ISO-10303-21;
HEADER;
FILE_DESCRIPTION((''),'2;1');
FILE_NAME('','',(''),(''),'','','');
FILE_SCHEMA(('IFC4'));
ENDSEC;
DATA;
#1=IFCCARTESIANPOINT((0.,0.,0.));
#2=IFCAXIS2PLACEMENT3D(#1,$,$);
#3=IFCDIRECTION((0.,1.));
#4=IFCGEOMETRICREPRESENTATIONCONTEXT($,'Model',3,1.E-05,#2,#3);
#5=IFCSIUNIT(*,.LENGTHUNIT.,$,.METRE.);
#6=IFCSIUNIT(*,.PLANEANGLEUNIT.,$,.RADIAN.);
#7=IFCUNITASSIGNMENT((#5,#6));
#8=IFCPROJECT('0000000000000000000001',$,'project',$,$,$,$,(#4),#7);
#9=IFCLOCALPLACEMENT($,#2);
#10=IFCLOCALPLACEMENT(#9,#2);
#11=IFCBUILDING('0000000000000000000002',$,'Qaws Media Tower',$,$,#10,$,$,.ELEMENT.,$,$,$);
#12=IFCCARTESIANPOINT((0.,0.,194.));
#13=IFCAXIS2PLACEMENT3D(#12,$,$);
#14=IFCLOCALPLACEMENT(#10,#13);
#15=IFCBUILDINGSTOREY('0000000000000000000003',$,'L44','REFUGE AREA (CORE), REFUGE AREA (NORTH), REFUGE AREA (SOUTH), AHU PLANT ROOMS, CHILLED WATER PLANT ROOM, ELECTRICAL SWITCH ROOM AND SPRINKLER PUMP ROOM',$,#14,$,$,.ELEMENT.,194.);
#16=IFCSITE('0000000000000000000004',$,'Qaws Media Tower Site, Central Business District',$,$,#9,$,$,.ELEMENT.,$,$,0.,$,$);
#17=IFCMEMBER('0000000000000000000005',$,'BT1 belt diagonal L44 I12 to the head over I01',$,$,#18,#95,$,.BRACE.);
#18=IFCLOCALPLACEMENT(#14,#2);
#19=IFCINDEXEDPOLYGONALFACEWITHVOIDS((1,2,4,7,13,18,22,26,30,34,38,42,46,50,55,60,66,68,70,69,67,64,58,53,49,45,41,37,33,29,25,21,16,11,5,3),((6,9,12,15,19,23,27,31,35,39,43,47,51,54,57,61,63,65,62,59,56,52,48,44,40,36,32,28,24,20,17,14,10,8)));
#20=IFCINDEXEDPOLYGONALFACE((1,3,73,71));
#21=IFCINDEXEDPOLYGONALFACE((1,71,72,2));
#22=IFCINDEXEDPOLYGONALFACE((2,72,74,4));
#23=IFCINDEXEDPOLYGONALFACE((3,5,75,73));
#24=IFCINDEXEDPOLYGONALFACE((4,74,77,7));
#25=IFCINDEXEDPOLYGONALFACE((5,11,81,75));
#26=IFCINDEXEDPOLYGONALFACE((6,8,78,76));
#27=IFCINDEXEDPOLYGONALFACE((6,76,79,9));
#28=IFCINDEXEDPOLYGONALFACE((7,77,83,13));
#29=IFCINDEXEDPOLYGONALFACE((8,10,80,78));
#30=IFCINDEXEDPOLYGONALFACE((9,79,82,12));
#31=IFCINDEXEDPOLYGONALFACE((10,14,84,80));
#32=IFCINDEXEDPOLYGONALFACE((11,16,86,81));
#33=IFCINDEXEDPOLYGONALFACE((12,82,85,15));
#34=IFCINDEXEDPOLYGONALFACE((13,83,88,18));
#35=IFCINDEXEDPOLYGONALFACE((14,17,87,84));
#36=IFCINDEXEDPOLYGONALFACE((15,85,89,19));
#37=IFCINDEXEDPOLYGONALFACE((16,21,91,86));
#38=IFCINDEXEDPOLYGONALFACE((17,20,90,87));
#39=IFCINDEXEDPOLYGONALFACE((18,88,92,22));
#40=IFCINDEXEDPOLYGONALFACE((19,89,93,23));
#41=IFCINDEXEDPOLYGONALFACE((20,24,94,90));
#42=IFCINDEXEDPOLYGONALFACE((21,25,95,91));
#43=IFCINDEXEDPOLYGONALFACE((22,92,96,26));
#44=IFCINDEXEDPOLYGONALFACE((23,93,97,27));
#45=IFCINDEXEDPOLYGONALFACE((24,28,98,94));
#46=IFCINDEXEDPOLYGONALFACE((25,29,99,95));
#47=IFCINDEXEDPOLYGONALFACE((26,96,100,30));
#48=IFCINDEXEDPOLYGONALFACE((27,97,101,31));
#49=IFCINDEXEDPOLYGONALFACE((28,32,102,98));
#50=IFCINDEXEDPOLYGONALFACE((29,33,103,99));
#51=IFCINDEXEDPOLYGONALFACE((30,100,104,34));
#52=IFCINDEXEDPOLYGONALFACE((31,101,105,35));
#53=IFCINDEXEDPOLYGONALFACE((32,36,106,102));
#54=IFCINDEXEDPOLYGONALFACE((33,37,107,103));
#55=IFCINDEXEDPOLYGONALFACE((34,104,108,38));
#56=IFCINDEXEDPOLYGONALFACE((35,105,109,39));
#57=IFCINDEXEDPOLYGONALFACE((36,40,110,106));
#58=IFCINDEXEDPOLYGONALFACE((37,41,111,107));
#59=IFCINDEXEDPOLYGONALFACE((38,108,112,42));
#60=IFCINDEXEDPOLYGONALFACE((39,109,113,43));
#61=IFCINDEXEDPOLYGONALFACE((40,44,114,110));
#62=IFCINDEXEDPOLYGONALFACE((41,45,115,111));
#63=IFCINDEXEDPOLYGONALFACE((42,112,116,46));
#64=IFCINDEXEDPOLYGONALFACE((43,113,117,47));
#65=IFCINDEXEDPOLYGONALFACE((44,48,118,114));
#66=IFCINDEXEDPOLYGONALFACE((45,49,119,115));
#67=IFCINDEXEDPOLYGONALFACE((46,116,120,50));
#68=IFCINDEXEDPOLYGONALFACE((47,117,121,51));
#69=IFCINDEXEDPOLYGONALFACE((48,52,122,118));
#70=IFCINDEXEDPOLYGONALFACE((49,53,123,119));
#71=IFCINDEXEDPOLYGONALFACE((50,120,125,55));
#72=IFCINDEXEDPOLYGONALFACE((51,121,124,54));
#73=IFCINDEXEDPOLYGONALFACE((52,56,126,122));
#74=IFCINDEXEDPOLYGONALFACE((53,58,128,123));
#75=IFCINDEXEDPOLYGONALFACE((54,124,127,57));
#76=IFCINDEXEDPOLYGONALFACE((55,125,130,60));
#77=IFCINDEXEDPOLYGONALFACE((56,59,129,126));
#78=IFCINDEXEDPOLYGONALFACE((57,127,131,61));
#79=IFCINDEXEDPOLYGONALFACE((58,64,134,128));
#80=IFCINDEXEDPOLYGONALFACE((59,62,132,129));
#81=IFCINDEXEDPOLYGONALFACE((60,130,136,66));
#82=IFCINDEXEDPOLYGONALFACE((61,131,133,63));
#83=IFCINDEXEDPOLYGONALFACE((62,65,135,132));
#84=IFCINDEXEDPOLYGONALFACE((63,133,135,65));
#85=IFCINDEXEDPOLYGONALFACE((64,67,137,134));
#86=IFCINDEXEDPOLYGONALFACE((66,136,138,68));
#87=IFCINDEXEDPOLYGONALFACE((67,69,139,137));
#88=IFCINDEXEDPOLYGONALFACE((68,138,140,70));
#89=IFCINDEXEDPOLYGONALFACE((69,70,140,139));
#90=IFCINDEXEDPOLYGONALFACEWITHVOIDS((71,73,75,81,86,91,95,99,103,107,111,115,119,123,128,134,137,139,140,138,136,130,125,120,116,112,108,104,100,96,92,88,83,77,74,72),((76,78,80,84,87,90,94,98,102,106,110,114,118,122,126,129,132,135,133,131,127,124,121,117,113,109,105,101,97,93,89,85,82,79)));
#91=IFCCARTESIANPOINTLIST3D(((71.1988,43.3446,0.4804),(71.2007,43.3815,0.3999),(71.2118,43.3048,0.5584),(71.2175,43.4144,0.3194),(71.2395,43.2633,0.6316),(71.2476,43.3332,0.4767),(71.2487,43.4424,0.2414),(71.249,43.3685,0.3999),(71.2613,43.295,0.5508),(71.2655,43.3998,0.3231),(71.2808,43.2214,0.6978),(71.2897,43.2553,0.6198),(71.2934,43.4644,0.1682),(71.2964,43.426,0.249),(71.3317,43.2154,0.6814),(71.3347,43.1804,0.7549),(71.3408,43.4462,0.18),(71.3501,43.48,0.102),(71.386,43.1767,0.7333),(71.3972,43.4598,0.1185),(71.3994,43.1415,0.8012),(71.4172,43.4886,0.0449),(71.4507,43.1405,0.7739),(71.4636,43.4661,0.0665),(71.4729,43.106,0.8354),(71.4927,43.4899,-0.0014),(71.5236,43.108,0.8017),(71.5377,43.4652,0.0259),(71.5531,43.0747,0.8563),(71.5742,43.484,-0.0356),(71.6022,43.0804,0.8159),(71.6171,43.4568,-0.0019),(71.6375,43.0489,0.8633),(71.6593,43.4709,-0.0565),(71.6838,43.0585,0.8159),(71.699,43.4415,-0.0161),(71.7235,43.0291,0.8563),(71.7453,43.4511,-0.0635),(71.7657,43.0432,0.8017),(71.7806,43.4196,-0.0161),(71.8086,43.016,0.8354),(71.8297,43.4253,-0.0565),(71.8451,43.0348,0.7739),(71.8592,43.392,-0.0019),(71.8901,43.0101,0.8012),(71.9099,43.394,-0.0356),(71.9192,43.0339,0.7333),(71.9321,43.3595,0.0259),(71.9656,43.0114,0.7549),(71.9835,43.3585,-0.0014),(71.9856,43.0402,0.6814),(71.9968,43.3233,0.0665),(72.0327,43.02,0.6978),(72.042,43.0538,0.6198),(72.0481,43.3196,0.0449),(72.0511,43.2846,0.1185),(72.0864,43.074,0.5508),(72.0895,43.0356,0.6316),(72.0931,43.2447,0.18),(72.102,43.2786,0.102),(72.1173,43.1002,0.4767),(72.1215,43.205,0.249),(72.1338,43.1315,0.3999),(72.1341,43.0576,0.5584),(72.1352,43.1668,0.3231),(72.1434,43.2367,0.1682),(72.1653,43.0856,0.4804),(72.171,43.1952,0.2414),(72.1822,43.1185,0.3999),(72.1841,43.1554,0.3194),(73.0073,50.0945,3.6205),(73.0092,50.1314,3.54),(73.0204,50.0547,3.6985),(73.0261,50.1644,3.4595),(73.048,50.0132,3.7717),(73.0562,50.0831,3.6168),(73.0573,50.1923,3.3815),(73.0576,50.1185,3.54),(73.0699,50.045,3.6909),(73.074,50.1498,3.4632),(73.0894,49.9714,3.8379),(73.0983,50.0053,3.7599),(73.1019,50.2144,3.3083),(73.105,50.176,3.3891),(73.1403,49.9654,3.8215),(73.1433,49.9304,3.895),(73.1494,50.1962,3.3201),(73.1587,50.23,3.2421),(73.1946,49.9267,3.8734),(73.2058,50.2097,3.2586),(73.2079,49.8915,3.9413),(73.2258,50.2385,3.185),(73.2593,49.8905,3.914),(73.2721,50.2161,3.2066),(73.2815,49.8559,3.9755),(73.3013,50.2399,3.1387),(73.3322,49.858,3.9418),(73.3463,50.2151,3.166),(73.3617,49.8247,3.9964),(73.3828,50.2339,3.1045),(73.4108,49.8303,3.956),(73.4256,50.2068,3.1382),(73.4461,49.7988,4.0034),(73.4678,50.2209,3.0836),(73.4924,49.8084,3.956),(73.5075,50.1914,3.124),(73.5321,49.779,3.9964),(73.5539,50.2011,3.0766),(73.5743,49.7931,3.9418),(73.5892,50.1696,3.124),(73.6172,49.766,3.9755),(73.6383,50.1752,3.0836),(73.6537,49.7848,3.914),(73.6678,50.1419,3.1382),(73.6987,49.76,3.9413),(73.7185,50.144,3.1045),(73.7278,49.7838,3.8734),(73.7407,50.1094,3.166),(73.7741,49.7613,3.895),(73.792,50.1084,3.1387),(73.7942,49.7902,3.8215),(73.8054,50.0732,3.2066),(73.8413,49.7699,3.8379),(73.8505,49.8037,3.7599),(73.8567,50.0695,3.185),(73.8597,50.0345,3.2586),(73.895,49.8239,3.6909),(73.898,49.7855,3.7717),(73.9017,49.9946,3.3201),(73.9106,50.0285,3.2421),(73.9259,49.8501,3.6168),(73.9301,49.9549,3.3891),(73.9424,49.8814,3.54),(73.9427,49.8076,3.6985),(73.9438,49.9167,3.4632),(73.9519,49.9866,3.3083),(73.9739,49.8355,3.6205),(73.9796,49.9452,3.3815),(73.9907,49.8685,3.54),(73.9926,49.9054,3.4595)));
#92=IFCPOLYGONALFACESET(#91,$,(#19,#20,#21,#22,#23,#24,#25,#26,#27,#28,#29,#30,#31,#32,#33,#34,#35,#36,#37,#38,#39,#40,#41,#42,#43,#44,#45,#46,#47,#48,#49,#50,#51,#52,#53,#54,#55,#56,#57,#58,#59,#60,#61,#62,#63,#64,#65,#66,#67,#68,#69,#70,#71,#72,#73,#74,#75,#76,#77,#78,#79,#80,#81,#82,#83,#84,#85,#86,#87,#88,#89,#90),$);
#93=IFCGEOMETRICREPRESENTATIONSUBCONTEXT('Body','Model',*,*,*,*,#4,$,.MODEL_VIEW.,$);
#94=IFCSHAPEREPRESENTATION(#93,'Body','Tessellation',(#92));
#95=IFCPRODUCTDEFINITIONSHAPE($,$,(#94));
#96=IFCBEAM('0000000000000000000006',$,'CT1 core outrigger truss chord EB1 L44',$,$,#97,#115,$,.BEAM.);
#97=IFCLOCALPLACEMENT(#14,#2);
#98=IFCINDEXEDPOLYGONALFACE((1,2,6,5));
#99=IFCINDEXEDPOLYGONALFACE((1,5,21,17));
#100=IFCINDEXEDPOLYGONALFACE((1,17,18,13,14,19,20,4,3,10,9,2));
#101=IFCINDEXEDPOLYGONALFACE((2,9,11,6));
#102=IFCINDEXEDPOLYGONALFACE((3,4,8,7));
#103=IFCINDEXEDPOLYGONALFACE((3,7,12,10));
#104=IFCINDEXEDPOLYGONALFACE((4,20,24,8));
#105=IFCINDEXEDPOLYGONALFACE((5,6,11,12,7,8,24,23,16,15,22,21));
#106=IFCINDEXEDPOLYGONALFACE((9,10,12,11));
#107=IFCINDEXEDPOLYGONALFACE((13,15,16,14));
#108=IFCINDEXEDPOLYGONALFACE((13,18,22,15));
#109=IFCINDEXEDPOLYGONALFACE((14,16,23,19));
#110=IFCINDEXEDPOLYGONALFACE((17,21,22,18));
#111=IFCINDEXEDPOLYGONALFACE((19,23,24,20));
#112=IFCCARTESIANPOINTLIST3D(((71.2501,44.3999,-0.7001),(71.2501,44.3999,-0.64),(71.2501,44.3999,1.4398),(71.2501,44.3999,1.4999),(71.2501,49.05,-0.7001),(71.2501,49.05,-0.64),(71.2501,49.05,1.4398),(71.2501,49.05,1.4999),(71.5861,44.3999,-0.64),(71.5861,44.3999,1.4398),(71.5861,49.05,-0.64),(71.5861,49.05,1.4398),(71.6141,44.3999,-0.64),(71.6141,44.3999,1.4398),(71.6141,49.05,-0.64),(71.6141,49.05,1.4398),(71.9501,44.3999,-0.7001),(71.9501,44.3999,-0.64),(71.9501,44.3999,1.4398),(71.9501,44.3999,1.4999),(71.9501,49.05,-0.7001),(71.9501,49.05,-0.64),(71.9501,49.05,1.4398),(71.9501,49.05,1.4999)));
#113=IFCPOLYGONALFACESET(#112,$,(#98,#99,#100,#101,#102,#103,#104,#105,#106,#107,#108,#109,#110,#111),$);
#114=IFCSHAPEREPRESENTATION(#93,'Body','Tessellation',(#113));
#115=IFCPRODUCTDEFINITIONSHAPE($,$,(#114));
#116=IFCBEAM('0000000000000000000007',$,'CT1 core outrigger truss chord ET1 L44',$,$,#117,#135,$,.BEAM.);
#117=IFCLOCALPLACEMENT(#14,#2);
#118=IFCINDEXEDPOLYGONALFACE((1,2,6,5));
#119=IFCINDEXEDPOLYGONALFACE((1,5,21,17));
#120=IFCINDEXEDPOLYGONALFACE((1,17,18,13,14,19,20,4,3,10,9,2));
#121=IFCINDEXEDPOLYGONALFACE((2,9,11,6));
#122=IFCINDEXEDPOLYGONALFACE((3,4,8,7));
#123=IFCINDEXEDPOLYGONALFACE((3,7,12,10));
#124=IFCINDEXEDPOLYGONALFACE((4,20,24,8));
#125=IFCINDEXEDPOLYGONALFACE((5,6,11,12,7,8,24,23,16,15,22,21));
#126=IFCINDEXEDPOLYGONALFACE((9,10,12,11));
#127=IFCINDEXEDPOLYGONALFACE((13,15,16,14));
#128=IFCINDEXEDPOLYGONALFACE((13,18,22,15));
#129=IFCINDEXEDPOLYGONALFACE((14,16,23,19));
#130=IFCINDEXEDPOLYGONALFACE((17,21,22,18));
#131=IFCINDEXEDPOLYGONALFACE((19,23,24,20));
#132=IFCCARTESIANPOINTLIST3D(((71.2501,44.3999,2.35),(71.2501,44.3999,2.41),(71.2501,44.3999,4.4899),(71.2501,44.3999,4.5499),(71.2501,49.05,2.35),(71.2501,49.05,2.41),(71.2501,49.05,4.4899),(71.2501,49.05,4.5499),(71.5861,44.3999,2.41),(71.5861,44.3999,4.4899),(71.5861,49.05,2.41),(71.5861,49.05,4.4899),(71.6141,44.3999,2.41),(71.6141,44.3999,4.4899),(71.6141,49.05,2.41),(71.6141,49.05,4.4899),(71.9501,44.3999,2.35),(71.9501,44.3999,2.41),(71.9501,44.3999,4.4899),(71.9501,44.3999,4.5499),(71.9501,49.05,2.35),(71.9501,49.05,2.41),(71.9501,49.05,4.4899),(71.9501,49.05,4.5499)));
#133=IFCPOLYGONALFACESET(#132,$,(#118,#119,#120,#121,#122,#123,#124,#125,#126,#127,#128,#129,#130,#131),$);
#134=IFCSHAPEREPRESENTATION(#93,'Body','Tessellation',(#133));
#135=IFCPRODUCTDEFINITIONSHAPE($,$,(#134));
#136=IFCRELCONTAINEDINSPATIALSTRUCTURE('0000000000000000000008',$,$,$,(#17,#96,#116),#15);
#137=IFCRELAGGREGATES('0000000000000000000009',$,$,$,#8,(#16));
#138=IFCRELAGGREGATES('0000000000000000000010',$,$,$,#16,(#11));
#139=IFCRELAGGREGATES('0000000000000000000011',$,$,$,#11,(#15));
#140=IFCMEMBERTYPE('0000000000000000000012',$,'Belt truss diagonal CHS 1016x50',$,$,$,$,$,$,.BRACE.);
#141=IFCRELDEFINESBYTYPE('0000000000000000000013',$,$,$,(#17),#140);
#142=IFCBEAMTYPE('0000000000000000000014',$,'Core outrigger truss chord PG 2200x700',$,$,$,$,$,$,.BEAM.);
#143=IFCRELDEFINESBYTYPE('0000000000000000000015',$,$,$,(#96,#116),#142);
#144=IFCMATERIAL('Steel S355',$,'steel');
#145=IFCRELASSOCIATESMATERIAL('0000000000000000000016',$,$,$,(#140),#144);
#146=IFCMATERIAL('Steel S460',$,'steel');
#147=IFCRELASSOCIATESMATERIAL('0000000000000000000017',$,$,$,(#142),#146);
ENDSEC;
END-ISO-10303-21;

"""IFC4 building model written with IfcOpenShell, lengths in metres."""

from ifc_helpers import new_model, si_unit, direction, frame, origin, origin_2d, place, context, subcontext, project, spatial, hollow_circle, i_section, extrude, material, material_profile, profile_set, type_object, element, save


model = new_model("IFC4")

# Units and contexts
model_context = context("Model", 3, precision=1e-05, world=origin(), true_north=direction((0.0, 1.0)))
body_context = subcontext(model_context, "Body", "Model", "MODEL_VIEW")
ifc_project = project(units=[si_unit("LENGTHUNIT", "METRE"), si_unit("PLANEANGLEUNIT", "RADIAN")], contexts=[model_context])

# Site, building, storey
site_placement = place(None, origin())
site = spatial("IfcSite", under=ifc_project, at=site_placement, Name="Qaws Media Tower Site, Central Business District", CompositionType="ELEMENT", RefElevation=0.0)
building_placement = place(site_placement, origin())
building = spatial("IfcBuilding", under=site, at=building_placement, Name="Qaws Media Tower", CompositionType="ELEMENT")
storey_placement = place(building_placement, frame((0.0, 0.0, 194.0)))
storey = spatial("IfcBuildingStorey", under=building, at=storey_placement, Name="L44", Description="REFUGE AREA (CORE), REFUGE AREA (NORTH), REFUGE AREA (SOUTH), AHU PLANT ROOMS, CHILLED WATER PLANT ROOM, ELECTRICAL SWITCH ROOM AND SPRINKLER PUMP ROOM", CompositionType="ELEMENT", Elevation=194.0)

# Member
ifc_material_1 = material(Name="Steel S355", Category="steel")
ifc_material_profile_1 = material_profile(ifc_material_1, hollow_circle(Radius=0.5081, WallThickness=0.05, at=origin_2d()), Name="CHS 1016x50")
ifc_profile_set_1 = profile_set([ifc_material_profile_1], Name="Steel S355")
member_type_1 = type_object("IfcMemberType", Name="Belt truss diagonal CHS 1016x50", PredefinedType="BRACE", material=ifc_profile_set_1)
member_1_placement = place(storey_placement, frame((71.6914, 43.25, 0.3999), z_axis=(0.236072, 0.881063, 0.409875), x_axis=(-0.965928, 0.258811, 0.0)))
element("IfcMember", 1, at=member_1_placement, inside=storey, type_object=member_type_1, Name="BT1 belt diagonal L44 I12 to the head over I01", PredefinedType="BRACE", context=body_context, shape_type="SweptSolid", body=[
    extrude(hollow_circle(Radius=0.5081, WallThickness=0.05, at=origin_2d()), origin(), (0.0, 0.0, 1.0), 7.6611),
])

# Beams
ifc_material_2 = material(Name="Steel S460", Category="steel")
ifc_material_profile_2 = material_profile(ifc_material_2, i_section(OverallWidth=0.7, OverallDepth=2.2, WebThickness=0.0281, FlangeThickness=0.0601, at=origin_2d()), Name="PG 2200x700")
ifc_profile_set_2 = profile_set([ifc_material_profile_2], Name="Steel S460")
beam_type_1 = type_object("IfcBeamType", Name="Core outrigger truss chord PG 2200x700", PredefinedType="BEAM", material=ifc_profile_set_2)
for number, where, z_axis, x_axis, name in (
    (2, (71.6001, 44.3999, 0.3999), (0.0, 1.0, 0.0), (-1.0, 0.0, 0.0), "CT1 core outrigger truss chord EB1 L44"),
    (3, (71.6001, 44.3999, 3.45), (0.0, 1.0, 0.0), (-1.0, 0.0, 0.0), "CT1 core outrigger truss chord ET1 L44"),
):
    element("IfcBeam", number, at=place(storey_placement, frame(where, z_axis=z_axis, x_axis=x_axis)), inside=storey, type_object=beam_type_1, Name=name, PredefinedType="BEAM", context=body_context, shape_type="SweptSolid", body=[
        extrude(i_section(OverallWidth=0.7, OverallDepth=2.2, WebThickness=0.0281, FlangeThickness=0.0601, at=origin_2d()), origin(), (0.0, 0.0, 1.0), 4.6501),
    ])

save(model, "model.ifc")
